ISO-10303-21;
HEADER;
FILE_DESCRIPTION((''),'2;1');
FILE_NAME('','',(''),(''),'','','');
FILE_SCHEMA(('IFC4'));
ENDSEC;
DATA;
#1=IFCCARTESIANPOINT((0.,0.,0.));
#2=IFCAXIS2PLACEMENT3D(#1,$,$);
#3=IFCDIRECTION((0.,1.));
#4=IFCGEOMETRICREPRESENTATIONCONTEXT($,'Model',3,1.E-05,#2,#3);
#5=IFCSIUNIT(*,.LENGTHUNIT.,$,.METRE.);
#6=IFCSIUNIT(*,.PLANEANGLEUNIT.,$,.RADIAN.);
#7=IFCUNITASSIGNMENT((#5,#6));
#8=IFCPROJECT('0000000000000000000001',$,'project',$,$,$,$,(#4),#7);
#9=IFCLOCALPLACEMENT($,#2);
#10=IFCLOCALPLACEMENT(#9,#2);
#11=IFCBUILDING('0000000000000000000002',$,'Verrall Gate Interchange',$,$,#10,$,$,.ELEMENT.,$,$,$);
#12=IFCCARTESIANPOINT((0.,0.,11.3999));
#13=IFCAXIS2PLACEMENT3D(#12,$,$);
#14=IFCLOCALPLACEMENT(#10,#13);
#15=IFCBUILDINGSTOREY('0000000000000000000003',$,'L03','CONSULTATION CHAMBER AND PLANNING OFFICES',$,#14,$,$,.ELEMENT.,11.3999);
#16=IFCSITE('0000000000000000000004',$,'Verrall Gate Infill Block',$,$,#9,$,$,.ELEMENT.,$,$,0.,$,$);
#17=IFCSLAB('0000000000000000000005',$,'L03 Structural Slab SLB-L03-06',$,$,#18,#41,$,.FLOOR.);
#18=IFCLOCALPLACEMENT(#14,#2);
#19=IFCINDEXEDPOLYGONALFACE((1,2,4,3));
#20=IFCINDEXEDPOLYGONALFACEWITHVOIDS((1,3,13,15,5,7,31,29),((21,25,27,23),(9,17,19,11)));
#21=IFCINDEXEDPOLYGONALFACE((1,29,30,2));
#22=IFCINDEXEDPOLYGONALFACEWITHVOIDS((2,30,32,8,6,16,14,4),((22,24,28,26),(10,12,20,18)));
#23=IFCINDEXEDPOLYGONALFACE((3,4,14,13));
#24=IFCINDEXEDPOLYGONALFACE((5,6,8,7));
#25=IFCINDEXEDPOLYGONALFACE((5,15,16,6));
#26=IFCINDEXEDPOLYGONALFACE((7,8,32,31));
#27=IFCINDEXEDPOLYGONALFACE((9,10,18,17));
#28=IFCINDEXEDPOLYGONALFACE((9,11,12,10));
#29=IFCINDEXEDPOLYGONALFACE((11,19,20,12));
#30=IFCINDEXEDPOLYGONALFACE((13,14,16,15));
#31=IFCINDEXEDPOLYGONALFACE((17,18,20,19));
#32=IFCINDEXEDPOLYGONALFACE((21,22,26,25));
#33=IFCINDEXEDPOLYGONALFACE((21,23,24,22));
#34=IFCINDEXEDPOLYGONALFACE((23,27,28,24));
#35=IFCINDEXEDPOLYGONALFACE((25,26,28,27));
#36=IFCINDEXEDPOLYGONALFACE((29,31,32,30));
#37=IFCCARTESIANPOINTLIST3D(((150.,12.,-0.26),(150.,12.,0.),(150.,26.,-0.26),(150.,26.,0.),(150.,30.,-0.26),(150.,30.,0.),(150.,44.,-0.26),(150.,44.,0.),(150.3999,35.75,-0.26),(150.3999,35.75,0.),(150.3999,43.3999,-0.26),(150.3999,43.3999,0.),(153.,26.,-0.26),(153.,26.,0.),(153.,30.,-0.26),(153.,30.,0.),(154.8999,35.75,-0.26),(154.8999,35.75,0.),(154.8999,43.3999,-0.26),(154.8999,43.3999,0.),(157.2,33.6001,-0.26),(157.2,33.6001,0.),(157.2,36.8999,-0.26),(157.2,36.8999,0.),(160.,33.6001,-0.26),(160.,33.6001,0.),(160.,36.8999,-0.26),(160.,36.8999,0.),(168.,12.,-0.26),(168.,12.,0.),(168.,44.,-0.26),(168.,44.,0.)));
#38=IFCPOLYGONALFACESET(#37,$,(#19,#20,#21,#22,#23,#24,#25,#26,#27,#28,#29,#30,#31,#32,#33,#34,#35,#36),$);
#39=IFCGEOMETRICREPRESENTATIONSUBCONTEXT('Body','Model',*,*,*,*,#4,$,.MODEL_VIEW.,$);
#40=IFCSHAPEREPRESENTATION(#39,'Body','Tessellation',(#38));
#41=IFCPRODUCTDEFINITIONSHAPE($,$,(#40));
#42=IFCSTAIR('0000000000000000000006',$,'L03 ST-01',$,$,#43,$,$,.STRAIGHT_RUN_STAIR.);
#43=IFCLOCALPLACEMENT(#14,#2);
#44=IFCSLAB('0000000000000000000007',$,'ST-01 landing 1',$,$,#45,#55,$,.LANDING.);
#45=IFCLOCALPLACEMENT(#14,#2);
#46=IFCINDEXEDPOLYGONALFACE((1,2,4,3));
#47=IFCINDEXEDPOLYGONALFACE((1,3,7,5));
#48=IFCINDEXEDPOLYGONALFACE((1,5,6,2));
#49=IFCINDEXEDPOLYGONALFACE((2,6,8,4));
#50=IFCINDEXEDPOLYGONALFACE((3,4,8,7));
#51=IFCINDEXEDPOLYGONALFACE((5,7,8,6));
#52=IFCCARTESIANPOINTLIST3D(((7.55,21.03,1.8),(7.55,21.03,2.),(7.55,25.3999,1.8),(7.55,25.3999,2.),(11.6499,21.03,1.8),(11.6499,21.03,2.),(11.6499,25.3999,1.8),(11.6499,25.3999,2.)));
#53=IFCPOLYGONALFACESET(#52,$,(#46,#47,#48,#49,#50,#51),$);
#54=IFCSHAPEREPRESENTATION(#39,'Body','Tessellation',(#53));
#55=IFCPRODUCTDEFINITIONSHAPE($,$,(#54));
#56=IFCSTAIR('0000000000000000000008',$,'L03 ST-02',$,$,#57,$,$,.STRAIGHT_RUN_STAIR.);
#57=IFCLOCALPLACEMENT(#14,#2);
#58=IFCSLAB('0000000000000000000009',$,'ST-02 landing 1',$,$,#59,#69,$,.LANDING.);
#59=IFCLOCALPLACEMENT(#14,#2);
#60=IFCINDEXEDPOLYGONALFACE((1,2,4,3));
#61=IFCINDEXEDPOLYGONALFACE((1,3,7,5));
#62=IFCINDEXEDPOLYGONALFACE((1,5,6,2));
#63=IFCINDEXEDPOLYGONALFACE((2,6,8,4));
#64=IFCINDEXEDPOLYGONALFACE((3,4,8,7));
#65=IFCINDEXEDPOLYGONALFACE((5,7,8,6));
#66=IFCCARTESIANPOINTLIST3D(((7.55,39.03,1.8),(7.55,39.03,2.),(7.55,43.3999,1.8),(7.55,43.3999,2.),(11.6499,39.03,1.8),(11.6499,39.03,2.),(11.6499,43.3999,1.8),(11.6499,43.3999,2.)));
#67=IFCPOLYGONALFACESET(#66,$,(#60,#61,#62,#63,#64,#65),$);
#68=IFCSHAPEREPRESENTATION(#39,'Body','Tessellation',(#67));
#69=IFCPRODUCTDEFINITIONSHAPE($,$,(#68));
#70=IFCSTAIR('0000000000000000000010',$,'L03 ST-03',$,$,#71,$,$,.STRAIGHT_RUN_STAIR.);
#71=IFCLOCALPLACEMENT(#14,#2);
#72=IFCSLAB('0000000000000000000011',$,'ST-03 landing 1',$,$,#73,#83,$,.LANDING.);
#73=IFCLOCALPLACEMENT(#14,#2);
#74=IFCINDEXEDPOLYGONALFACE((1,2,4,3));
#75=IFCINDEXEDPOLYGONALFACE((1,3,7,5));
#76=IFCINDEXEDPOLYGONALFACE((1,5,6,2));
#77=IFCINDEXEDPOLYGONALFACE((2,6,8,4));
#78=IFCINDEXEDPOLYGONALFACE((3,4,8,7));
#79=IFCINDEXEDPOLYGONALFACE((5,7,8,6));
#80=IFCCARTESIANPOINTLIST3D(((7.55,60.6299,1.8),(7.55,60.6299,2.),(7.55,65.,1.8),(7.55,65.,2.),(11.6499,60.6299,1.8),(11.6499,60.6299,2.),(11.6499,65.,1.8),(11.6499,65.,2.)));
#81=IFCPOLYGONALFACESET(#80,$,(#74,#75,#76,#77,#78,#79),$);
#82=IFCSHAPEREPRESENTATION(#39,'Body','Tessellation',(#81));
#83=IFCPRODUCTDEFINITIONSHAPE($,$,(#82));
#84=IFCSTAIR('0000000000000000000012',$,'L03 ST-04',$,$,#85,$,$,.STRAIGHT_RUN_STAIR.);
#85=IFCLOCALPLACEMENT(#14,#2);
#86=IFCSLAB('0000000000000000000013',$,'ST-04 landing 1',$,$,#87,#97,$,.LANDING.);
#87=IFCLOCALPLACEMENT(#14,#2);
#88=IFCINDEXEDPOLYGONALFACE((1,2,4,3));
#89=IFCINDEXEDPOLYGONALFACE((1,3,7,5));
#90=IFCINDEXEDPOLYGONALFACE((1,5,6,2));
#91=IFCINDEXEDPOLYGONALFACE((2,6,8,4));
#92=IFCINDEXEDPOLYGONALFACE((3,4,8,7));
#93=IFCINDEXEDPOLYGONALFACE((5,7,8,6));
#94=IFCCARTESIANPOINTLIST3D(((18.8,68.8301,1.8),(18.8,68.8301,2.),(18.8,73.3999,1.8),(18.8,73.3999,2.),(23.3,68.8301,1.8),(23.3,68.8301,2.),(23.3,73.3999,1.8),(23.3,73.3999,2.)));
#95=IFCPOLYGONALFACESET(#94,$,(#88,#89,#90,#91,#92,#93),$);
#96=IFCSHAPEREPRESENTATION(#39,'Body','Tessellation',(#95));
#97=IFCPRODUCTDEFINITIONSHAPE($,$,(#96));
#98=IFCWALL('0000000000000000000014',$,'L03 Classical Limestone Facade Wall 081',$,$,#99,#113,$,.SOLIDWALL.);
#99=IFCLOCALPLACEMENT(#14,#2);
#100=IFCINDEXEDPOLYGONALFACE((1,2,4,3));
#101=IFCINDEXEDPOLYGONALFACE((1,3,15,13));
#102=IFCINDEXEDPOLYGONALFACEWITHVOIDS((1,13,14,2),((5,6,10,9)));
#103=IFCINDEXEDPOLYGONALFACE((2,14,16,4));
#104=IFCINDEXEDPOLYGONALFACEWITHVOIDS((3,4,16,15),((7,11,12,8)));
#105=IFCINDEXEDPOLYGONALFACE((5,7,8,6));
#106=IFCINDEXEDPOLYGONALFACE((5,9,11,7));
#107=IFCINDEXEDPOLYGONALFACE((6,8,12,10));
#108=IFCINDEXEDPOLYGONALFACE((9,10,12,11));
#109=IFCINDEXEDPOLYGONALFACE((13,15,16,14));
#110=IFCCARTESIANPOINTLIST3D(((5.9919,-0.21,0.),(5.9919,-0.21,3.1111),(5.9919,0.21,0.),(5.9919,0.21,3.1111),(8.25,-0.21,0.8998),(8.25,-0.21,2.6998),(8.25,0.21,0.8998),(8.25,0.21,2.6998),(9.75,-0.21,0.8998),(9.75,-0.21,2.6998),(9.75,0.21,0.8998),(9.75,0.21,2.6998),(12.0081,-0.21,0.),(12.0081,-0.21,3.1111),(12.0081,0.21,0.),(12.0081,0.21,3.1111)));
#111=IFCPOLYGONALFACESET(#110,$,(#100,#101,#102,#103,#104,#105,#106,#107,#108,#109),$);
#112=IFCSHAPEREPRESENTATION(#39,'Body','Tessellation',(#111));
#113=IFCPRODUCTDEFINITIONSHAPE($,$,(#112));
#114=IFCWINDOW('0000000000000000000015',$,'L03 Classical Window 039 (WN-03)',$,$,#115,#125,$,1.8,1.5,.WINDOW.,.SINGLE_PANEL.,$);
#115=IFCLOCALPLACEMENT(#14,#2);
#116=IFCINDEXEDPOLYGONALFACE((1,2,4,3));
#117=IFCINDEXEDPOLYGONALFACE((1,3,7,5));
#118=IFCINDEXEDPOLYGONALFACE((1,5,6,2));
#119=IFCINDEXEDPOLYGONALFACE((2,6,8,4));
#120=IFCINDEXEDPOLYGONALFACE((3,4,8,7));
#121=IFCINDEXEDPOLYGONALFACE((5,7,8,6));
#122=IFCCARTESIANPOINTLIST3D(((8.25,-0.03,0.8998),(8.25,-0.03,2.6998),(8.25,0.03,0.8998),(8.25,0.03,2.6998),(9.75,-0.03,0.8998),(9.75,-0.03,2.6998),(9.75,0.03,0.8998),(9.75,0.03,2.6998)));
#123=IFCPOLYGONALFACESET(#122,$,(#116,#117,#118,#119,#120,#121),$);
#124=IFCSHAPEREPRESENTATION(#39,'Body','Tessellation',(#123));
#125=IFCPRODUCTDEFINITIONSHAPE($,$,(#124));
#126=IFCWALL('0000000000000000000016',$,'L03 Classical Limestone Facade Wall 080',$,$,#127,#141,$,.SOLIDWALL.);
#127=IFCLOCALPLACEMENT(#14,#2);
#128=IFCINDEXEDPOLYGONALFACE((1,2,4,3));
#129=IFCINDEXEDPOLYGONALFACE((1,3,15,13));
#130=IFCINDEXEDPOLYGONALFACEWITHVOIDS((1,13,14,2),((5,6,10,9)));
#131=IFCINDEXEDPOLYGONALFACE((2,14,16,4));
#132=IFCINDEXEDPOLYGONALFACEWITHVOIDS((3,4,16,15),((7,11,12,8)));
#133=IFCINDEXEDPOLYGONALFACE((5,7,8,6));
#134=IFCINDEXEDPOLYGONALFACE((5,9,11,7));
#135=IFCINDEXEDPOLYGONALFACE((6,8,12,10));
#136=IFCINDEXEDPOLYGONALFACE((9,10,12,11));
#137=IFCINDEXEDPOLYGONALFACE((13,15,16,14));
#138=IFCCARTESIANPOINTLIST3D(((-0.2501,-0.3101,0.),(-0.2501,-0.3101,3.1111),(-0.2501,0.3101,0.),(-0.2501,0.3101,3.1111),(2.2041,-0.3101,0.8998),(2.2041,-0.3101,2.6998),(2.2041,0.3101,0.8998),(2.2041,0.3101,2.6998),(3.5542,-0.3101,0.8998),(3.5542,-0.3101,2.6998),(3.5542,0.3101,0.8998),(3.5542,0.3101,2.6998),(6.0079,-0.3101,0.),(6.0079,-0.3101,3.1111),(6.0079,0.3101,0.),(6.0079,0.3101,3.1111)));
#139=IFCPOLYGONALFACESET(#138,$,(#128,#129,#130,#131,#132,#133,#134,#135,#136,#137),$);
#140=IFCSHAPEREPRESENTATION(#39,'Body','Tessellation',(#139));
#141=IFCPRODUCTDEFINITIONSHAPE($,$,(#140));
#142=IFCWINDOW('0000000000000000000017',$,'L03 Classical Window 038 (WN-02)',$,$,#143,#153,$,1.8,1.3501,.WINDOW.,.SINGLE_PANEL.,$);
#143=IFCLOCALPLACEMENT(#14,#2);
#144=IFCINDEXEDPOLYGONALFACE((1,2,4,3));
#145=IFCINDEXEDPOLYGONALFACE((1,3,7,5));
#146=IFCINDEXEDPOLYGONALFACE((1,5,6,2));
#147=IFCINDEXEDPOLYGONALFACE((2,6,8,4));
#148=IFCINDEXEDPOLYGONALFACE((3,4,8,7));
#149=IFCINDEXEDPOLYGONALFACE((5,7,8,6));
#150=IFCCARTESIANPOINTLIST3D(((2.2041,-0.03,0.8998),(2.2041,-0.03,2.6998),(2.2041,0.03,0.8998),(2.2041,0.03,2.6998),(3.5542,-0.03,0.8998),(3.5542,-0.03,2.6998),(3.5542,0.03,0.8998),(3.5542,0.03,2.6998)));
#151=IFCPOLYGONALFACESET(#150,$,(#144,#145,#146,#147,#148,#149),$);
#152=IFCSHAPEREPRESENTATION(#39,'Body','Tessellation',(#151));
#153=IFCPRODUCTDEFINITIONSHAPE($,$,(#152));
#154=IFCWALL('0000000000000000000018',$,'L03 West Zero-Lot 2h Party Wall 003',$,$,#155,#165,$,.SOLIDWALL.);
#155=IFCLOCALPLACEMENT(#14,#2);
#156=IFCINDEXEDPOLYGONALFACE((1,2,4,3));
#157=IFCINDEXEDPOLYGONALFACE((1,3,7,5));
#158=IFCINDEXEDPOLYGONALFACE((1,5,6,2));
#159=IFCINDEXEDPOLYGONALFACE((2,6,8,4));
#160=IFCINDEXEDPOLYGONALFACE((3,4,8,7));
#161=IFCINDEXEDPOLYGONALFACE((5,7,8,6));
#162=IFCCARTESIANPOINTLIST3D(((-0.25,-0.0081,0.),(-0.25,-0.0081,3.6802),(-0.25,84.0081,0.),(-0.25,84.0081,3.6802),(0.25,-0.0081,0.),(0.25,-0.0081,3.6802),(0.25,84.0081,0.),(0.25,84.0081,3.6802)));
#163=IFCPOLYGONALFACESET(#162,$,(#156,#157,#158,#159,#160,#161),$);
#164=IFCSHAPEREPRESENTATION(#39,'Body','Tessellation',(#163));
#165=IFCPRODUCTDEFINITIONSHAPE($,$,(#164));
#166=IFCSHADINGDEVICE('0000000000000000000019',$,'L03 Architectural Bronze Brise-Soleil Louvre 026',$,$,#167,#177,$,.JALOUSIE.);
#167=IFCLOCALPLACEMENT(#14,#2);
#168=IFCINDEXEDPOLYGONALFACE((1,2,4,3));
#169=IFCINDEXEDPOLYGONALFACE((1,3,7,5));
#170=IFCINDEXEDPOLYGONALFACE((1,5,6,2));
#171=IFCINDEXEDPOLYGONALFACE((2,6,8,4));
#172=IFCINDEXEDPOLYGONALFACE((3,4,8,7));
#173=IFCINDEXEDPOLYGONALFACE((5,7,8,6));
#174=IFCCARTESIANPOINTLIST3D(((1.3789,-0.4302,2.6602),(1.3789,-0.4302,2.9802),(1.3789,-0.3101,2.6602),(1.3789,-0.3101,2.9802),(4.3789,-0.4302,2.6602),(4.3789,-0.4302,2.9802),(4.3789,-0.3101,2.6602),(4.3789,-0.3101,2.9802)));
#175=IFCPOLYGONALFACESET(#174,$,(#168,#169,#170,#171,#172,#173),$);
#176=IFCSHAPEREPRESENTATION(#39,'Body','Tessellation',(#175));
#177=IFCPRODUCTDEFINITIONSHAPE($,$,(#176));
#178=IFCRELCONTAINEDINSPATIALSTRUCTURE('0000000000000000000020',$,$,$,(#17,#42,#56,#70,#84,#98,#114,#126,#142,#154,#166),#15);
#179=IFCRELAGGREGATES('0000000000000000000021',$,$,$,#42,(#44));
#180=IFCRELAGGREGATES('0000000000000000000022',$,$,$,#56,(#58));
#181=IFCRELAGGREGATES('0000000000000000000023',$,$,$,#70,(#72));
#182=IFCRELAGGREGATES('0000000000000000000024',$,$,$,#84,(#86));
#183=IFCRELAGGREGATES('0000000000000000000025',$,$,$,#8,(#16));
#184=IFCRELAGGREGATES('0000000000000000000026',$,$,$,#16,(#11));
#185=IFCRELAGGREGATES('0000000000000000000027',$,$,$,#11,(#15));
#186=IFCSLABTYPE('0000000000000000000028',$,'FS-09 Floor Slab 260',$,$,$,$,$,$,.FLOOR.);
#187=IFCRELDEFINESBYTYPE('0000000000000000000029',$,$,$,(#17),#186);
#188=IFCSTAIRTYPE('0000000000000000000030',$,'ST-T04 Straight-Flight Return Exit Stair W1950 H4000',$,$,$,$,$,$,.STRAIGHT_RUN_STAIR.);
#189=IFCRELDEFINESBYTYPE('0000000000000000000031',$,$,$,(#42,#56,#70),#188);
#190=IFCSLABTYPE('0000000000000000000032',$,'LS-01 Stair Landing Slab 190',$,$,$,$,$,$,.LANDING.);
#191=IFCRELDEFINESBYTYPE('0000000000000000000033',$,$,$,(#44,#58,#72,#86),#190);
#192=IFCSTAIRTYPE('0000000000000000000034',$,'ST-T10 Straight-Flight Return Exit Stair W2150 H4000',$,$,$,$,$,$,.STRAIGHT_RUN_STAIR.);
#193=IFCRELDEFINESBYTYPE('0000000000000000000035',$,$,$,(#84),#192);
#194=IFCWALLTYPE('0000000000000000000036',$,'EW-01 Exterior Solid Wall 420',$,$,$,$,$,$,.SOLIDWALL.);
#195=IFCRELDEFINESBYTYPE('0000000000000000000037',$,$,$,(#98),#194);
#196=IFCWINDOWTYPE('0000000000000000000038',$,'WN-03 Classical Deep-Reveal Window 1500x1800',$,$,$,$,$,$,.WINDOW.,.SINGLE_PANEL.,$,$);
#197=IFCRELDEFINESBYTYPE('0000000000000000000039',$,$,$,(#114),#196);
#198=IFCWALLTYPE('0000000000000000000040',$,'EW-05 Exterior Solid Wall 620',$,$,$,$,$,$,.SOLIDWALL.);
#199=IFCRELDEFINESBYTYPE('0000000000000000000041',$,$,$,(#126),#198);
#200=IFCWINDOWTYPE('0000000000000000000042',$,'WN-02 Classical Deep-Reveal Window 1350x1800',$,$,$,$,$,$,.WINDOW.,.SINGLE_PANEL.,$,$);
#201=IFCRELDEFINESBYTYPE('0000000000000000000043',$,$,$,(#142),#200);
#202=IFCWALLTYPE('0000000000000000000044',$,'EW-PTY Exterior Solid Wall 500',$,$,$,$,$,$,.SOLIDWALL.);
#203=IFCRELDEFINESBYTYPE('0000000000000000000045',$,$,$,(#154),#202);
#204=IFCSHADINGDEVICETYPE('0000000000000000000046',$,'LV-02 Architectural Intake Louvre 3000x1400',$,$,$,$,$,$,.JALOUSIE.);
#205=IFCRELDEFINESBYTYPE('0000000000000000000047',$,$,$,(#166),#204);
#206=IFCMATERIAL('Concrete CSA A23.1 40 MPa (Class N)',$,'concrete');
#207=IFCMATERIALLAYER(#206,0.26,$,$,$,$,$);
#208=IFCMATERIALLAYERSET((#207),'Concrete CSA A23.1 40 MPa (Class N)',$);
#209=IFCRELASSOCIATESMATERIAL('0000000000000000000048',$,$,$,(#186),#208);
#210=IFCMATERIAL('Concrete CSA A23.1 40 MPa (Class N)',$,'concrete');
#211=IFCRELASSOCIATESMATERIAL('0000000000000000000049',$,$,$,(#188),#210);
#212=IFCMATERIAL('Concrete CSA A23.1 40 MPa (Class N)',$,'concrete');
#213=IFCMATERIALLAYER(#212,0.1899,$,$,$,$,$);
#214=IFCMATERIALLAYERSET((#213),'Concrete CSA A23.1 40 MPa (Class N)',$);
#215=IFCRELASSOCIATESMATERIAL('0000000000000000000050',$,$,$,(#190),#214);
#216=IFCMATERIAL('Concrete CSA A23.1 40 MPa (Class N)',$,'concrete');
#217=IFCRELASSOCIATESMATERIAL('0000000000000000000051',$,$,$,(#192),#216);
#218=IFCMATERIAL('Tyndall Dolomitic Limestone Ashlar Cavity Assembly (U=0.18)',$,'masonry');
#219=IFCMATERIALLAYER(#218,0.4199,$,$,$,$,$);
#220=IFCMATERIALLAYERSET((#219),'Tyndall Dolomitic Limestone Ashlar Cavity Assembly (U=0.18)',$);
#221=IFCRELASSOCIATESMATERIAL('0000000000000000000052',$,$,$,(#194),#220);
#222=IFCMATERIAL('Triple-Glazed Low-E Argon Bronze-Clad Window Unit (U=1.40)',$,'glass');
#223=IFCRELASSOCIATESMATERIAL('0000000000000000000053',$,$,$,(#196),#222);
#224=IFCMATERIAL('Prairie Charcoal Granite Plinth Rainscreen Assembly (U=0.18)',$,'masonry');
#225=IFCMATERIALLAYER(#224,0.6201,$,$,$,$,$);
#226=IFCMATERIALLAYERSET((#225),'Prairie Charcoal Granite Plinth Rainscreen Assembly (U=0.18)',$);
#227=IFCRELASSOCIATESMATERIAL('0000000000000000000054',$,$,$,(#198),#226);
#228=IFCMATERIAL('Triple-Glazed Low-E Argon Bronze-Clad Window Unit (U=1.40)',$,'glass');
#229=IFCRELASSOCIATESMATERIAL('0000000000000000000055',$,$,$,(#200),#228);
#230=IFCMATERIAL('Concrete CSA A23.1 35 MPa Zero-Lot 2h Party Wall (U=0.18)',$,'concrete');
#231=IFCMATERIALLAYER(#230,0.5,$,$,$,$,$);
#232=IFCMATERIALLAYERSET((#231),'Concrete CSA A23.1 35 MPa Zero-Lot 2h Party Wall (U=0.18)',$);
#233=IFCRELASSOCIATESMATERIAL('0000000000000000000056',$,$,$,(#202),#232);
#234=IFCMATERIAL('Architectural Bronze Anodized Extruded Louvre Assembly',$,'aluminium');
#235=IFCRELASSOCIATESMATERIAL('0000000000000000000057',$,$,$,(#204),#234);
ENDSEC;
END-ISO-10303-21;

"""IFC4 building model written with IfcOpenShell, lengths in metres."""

from ifc_helpers import new_model, si_unit, direction, frame, frame_2d, origin, origin_2d, place, context, subcontext, project, spatial, polyline, rectangle, outline, extrude, material, layer, layer_set, type_object, element, fill, aggregate, save


model = new_model("IFC4")

# Units and contexts
model_context = context("Model", 3, precision=1e-05, world=origin(), true_north=direction((0.0, 1.0)))
body_context = subcontext(model_context, "Body", "Model", "MODEL_VIEW")
ifc_project = project(units=[si_unit("LENGTHUNIT", "METRE"), si_unit("PLANEANGLEUNIT", "RADIAN")], contexts=[model_context])

# Site, building, storey
site_placement = place(None, origin())
site = spatial("IfcSite", under=ifc_project, at=site_placement, Name="Verrall Gate Infill Block", CompositionType="ELEMENT", RefElevation=0.0)
building_placement = place(site_placement, origin())
building = spatial("IfcBuilding", under=site, at=building_placement, Name="Verrall Gate Interchange", CompositionType="ELEMENT")
storey_placement = place(building_placement, frame((0.0, 0.0, 11.3999)))
storey = spatial("IfcBuildingStorey", under=building, at=storey_placement, Name="L03", Description="CONSULTATION CHAMBER AND PLANNING OFFICES", CompositionType="ELEMENT", Elevation=11.3999)

# Slab
ifc_material_1 = material(Name="Concrete CSA A23.1 40 MPa (Class N)", Category="concrete")
ifc_layer_1 = layer(ifc_material_1, 0.26)
ifc_layer_set_1 = layer_set([ifc_layer_1], Name="Concrete CSA A23.1 40 MPa (Class N)")
slab_type_1 = type_object("IfcSlabType", Name="FS-09 Floor Slab 260", PredefinedType="FLOOR", material=ifc_layer_set_1)
slab_1_placement = place(storey_placement, frame((0.0, 0.0, -0.26)))
element("IfcSlab", 1, at=slab_1_placement, inside=storey, type_object=slab_type_1, Name="L03 Structural Slab SLB-L03-06", PredefinedType="FLOOR", context=body_context, shape_type="SweptSolid", body=[
    extrude(outline(polyline([(168.0, 12.0), (150.0, 12.0), (150.0, 26.0), (153.0, 26.0), (153.0, 30.0), (150.0, 30.0), (150.0, 44.0), (168.0, 44.0), (168.0, 12.0)]), holes=[polyline([(157.2, 33.6001), (160.0, 33.6001), (160.0, 36.8999), (157.2, 36.8999), (157.2, 33.6001)]), polyline([(150.3999, 43.3999), (150.3999, 35.75), (154.8999, 35.75), (154.8999, 43.3999), (150.3999, 43.3999)])]), origin(), (0.0, 0.0, 1.0), 0.26),
])

# Stairs, slabs
ifc_material_2 = material(Name="Concrete CSA A23.1 40 MPa (Class N)", Category="concrete")
stair_type_1 = type_object("IfcStairType", Name="ST-T04 Straight-Flight Return Exit Stair W1950 H4000", PredefinedType="STRAIGHT_RUN_STAIR", material=ifc_material_2)
stair_1_placement = place(storey_placement, origin())
stair_1 = element("IfcStair", 2, at=stair_1_placement, inside=storey, type_object=stair_type_1, Name="L03 ST-01", PredefinedType="STRAIGHT_RUN_STAIR")
ifc_material_3 = material(Name="Concrete CSA A23.1 40 MPa (Class N)", Category="concrete")
ifc_layer_2 = layer(ifc_material_3, 0.1899)
ifc_layer_set_2 = layer_set([ifc_layer_2], Name="Concrete CSA A23.1 40 MPa (Class N)")
slab_type_2 = type_object("IfcSlabType", Name="LS-01 Stair Landing Slab 190", PredefinedType="LANDING", material=ifc_layer_set_2)
slab_2_placement = place(storey_placement, frame((0.0, 0.0, 1.8)))
slab_2 = element("IfcSlab", 3, at=slab_2_placement, type_object=slab_type_2, Name="ST-01 landing 1", PredefinedType="LANDING", context=body_context, shape_type="SweptSolid", body=[
    extrude(outline(polyline([(11.6499, 21.03), (11.6499, 25.3999), (7.55, 25.3999), (7.55, 21.03), (11.6499, 21.03)])), origin(), (0.0, 0.0, 1.0), 0.2),
])
aggregate(stair_1, [slab_2])
stair_2_placement = place(storey_placement, origin())
stair_2 = element("IfcStair", 4, at=stair_2_placement, inside=storey, type_object=stair_type_1, Name="L03 ST-02", PredefinedType="STRAIGHT_RUN_STAIR")
slab_3_placement = place(storey_placement, frame((0.0, 0.0, 1.8)))
slab_3 = element("IfcSlab", 5, at=slab_3_placement, type_object=slab_type_2, Name="ST-02 landing 1", PredefinedType="LANDING", context=body_context, shape_type="SweptSolid", body=[
    extrude(outline(polyline([(11.6499, 39.03), (11.6499, 43.3999), (7.55, 43.3999), (7.55, 39.03), (11.6499, 39.03)])), origin(), (0.0, 0.0, 1.0), 0.2),
])
aggregate(stair_2, [slab_3])
stair_3_placement = place(storey_placement, origin())
stair_3 = element("IfcStair", 6, at=stair_3_placement, inside=storey, type_object=stair_type_1, Name="L03 ST-03", PredefinedType="STRAIGHT_RUN_STAIR")
slab_4_placement = place(storey_placement, frame((0.0, 0.0, 1.8)))
slab_4 = element("IfcSlab", 7, at=slab_4_placement, type_object=slab_type_2, Name="ST-03 landing 1", PredefinedType="LANDING", context=body_context, shape_type="SweptSolid", body=[
    extrude(outline(polyline([(11.6499, 60.6299), (11.6499, 65.0), (7.55, 65.0), (7.55, 60.6299), (11.6499, 60.6299)])), origin(), (0.0, 0.0, 1.0), 0.2),
])
aggregate(stair_3, [slab_4])
ifc_material_4 = material(Name="Concrete CSA A23.1 40 MPa (Class N)", Category="concrete")
stair_type_2 = type_object("IfcStairType", Name="ST-T10 Straight-Flight Return Exit Stair W2150 H4000", PredefinedType="STRAIGHT_RUN_STAIR", material=ifc_material_4)
stair_4_placement = place(storey_placement, origin())
stair_4 = element("IfcStair", 8, at=stair_4_placement, inside=storey, type_object=stair_type_2, Name="L03 ST-04", PredefinedType="STRAIGHT_RUN_STAIR")
slab_5_placement = place(storey_placement, frame((0.0, 0.0, 1.8)))
slab_5 = element("IfcSlab", 9, at=slab_5_placement, type_object=slab_type_2, Name="ST-04 landing 1", PredefinedType="LANDING", context=body_context, shape_type="SweptSolid", body=[
    extrude(outline(polyline([(23.3, 68.8301), (23.3, 73.3999), (18.8, 73.3999), (18.8, 68.8301), (23.3, 68.8301)])), origin(), (0.0, 0.0, 1.0), 0.2),
])
aggregate(stair_4, [slab_5])

# Walls, openings, windows
ifc_material_5 = material(Name="Tyndall Dolomitic Limestone Ashlar Cavity Assembly (U=0.18)", Category="masonry")
ifc_layer_3 = layer(ifc_material_5, 0.4199)
ifc_layer_set_3 = layer_set([ifc_layer_3], Name="Tyndall Dolomitic Limestone Ashlar Cavity Assembly (U=0.18)")
wall_type_1 = type_object("IfcWallType", Name="EW-01 Exterior Solid Wall 420", PredefinedType="SOLIDWALL", material=ifc_layer_set_3)
wall_1_placement = place(storey_placement, frame((5.9919, 0.0, 0.0), z_axis=(0.0, 0.0, 1.0), x_axis=(1.0, 0.0, 0.0)))
wall_1 = element("IfcWall", 10, at=wall_1_placement, inside=storey, type_object=wall_type_1, Name="L03 Classical Limestone Facade Wall 081", PredefinedType="SOLIDWALL", context=body_context, shape_type="SweptSolid", body=[
    extrude(rectangle(XDim=6.0161, YDim=0.4199, at=frame_2d((3.0081, 0.0))), origin(), (0.0, 0.0, 1.0), 3.1111),
])
opening_1_placement = place(wall_1_placement, frame((2.2581, 0.0, 0.8999)))
opening_1 = element("IfcOpeningElement", 11, at=opening_1_placement, cuts=wall_1, PredefinedType="OPENING", context=body_context, shape_type="SweptSolid", body=[
    extrude(rectangle(XDim=1.5, YDim=1.8, at=frame_2d((0.75, 0.8999))), frame((0.0, 0.2249, 0.0), z_axis=(0.0, -1.0, 0.0), x_axis=(1.0, 0.0, 0.0)), (0.0, 0.0, 1.0), 0.4497),
])
ifc_material_6 = material(Name="Triple-Glazed Low-E Argon Bronze-Clad Window Unit (U=1.40)", Category="glass")
window_type_1 = type_object("IfcWindowType", Name="WN-03 Classical Deep-Reveal Window 1500x1800", PartitioningType="SINGLE_PANEL", PredefinedType="WINDOW", material=ifc_material_6)
window_1_placement = place(opening_1_placement, origin())
window_1 = element("IfcWindow", 12, at=window_1_placement, inside=storey, type_object=window_type_1, Name="L03 Classical Window 039 (WN-03)", OverallHeight=1.8, OverallWidth=1.5, PartitioningType="SINGLE_PANEL", PredefinedType="WINDOW", context=body_context, shape_type="SweptSolid", body=[
    extrude(rectangle(XDim=1.5, YDim=1.8, at=frame_2d((0.75, 0.8999))), frame((0.0, 0.03, 0.0), z_axis=(0.0, -1.0, 0.0), x_axis=(1.0, 0.0, 0.0)), (0.0, 0.0, 1.0), 0.0601),
])
fill(opening_1, window_1)
ifc_material_7 = material(Name="Prairie Charcoal Granite Plinth Rainscreen Assembly (U=0.18)", Category="masonry")
ifc_layer_4 = layer(ifc_material_7, 0.6201)
ifc_layer_set_4 = layer_set([ifc_layer_4], Name="Prairie Charcoal Granite Plinth Rainscreen Assembly (U=0.18)")
wall_type_2 = type_object("IfcWallType", Name="EW-05 Exterior Solid Wall 620", PredefinedType="SOLIDWALL", material=ifc_layer_set_4)
wall_2_placement = place(storey_placement, frame((-0.25, 0.0, 0.0), z_axis=(0.0, 0.0, 1.0), x_axis=(1.0, 0.0, 0.0)))
wall_2 = element("IfcWall", 13, at=wall_2_placement, inside=storey, type_object=wall_type_2, Name="L03 Classical Limestone Facade Wall 080", PredefinedType="SOLIDWALL", context=body_context, shape_type="SweptSolid", body=[
    extrude(rectangle(XDim=6.2581, YDim=0.6201, at=frame_2d((3.1289, 0.0))), origin(), (0.0, 0.0, 1.0), 3.1111),
])
opening_2_placement = place(wall_2_placement, frame((2.4541, 0.0, 0.8999)))
opening_2 = element("IfcOpeningElement", 14, at=opening_2_placement, cuts=wall_2, PredefinedType="OPENING", context=body_context, shape_type="SweptSolid", body=[
    extrude(rectangle(XDim=1.3501, YDim=1.8, at=frame_2d((0.675, 0.8999))), frame((0.0, 0.325, 0.0), z_axis=(0.0, -1.0, 0.0), x_axis=(1.0, 0.0, 0.0)), (0.0, 0.0, 1.0), 0.6499),
])
ifc_material_8 = material(Name="Triple-Glazed Low-E Argon Bronze-Clad Window Unit (U=1.40)", Category="glass")
window_type_2 = type_object("IfcWindowType", Name="WN-02 Classical Deep-Reveal Window 1350x1800", PartitioningType="SINGLE_PANEL", PredefinedType="WINDOW", material=ifc_material_8)
window_2_placement = place(opening_2_placement, origin())
window_2 = element("IfcWindow", 15, at=window_2_placement, inside=storey, type_object=window_type_2, Name="L03 Classical Window 038 (WN-02)", OverallHeight=1.8, OverallWidth=1.3501, PartitioningType="SINGLE_PANEL", PredefinedType="WINDOW", context=body_context, shape_type="SweptSolid", body=[
    extrude(rectangle(XDim=1.3501, YDim=1.8, at=frame_2d((0.675, 0.8999))), frame((0.0, 0.03, 0.0), z_axis=(0.0, -1.0, 0.0), x_axis=(1.0, 0.0, 0.0)), (0.0, 0.0, 1.0), 0.0601),
])
fill(opening_2, window_2)

# Wall
ifc_material_9 = material(Name="Concrete CSA A23.1 35 MPa Zero-Lot 2h Party Wall (U=0.18)", Category="concrete")
ifc_layer_5 = layer(ifc_material_9, 0.5)
ifc_layer_set_5 = layer_set([ifc_layer_5], Name="Concrete CSA A23.1 35 MPa Zero-Lot 2h Party Wall (U=0.18)")
wall_type_3 = type_object("IfcWallType", Name="EW-PTY Exterior Solid Wall 500", PredefinedType="SOLIDWALL", material=ifc_layer_set_5)
wall_3_placement = place(storey_placement, frame((0.0, -0.0081, 0.0), z_axis=(0.0, 0.0, 1.0), x_axis=(0.0, 1.0, 0.0)))
element("IfcWall", 16, at=wall_3_placement, inside=storey, type_object=wall_type_3, Name="L03 West Zero-Lot 2h Party Wall 003", PredefinedType="SOLIDWALL", context=body_context, shape_type="SweptSolid", body=[
    extrude(rectangle(XDim=84.0161, YDim=0.5, at=frame_2d((42.0081, 0.0))), origin(), (0.0, 0.0, 1.0), 3.6802),
])

# Shading device
ifc_material_10 = material(Name="Architectural Bronze Anodized Extruded Louvre Assembly", Category="aluminium")
shading_device_type = type_object("IfcShadingDeviceType", Name="LV-02 Architectural Intake Louvre 3000x1400", PredefinedType="JALOUSIE", material=ifc_material_10)
shading_device_placement = place(storey_placement, frame((2.8789, -0.3701, 2.6602), z_axis=(0.0, 0.0, 1.0), x_axis=(1.0, 0.0, 0.0)))
element("IfcShadingDevice", 17, at=shading_device_placement, inside=storey, type_object=shading_device_type, Name="L03 Architectural Bronze Brise-Soleil Louvre 026", PredefinedType="JALOUSIE", context=body_context, shape_type="SweptSolid", body=[
    extrude(rectangle(XDim=3.0, YDim=0.1201, at=origin_2d()), origin(), (0.0, 0.0, 1.0), 0.3201),
])

save(model, "model.ifc")
